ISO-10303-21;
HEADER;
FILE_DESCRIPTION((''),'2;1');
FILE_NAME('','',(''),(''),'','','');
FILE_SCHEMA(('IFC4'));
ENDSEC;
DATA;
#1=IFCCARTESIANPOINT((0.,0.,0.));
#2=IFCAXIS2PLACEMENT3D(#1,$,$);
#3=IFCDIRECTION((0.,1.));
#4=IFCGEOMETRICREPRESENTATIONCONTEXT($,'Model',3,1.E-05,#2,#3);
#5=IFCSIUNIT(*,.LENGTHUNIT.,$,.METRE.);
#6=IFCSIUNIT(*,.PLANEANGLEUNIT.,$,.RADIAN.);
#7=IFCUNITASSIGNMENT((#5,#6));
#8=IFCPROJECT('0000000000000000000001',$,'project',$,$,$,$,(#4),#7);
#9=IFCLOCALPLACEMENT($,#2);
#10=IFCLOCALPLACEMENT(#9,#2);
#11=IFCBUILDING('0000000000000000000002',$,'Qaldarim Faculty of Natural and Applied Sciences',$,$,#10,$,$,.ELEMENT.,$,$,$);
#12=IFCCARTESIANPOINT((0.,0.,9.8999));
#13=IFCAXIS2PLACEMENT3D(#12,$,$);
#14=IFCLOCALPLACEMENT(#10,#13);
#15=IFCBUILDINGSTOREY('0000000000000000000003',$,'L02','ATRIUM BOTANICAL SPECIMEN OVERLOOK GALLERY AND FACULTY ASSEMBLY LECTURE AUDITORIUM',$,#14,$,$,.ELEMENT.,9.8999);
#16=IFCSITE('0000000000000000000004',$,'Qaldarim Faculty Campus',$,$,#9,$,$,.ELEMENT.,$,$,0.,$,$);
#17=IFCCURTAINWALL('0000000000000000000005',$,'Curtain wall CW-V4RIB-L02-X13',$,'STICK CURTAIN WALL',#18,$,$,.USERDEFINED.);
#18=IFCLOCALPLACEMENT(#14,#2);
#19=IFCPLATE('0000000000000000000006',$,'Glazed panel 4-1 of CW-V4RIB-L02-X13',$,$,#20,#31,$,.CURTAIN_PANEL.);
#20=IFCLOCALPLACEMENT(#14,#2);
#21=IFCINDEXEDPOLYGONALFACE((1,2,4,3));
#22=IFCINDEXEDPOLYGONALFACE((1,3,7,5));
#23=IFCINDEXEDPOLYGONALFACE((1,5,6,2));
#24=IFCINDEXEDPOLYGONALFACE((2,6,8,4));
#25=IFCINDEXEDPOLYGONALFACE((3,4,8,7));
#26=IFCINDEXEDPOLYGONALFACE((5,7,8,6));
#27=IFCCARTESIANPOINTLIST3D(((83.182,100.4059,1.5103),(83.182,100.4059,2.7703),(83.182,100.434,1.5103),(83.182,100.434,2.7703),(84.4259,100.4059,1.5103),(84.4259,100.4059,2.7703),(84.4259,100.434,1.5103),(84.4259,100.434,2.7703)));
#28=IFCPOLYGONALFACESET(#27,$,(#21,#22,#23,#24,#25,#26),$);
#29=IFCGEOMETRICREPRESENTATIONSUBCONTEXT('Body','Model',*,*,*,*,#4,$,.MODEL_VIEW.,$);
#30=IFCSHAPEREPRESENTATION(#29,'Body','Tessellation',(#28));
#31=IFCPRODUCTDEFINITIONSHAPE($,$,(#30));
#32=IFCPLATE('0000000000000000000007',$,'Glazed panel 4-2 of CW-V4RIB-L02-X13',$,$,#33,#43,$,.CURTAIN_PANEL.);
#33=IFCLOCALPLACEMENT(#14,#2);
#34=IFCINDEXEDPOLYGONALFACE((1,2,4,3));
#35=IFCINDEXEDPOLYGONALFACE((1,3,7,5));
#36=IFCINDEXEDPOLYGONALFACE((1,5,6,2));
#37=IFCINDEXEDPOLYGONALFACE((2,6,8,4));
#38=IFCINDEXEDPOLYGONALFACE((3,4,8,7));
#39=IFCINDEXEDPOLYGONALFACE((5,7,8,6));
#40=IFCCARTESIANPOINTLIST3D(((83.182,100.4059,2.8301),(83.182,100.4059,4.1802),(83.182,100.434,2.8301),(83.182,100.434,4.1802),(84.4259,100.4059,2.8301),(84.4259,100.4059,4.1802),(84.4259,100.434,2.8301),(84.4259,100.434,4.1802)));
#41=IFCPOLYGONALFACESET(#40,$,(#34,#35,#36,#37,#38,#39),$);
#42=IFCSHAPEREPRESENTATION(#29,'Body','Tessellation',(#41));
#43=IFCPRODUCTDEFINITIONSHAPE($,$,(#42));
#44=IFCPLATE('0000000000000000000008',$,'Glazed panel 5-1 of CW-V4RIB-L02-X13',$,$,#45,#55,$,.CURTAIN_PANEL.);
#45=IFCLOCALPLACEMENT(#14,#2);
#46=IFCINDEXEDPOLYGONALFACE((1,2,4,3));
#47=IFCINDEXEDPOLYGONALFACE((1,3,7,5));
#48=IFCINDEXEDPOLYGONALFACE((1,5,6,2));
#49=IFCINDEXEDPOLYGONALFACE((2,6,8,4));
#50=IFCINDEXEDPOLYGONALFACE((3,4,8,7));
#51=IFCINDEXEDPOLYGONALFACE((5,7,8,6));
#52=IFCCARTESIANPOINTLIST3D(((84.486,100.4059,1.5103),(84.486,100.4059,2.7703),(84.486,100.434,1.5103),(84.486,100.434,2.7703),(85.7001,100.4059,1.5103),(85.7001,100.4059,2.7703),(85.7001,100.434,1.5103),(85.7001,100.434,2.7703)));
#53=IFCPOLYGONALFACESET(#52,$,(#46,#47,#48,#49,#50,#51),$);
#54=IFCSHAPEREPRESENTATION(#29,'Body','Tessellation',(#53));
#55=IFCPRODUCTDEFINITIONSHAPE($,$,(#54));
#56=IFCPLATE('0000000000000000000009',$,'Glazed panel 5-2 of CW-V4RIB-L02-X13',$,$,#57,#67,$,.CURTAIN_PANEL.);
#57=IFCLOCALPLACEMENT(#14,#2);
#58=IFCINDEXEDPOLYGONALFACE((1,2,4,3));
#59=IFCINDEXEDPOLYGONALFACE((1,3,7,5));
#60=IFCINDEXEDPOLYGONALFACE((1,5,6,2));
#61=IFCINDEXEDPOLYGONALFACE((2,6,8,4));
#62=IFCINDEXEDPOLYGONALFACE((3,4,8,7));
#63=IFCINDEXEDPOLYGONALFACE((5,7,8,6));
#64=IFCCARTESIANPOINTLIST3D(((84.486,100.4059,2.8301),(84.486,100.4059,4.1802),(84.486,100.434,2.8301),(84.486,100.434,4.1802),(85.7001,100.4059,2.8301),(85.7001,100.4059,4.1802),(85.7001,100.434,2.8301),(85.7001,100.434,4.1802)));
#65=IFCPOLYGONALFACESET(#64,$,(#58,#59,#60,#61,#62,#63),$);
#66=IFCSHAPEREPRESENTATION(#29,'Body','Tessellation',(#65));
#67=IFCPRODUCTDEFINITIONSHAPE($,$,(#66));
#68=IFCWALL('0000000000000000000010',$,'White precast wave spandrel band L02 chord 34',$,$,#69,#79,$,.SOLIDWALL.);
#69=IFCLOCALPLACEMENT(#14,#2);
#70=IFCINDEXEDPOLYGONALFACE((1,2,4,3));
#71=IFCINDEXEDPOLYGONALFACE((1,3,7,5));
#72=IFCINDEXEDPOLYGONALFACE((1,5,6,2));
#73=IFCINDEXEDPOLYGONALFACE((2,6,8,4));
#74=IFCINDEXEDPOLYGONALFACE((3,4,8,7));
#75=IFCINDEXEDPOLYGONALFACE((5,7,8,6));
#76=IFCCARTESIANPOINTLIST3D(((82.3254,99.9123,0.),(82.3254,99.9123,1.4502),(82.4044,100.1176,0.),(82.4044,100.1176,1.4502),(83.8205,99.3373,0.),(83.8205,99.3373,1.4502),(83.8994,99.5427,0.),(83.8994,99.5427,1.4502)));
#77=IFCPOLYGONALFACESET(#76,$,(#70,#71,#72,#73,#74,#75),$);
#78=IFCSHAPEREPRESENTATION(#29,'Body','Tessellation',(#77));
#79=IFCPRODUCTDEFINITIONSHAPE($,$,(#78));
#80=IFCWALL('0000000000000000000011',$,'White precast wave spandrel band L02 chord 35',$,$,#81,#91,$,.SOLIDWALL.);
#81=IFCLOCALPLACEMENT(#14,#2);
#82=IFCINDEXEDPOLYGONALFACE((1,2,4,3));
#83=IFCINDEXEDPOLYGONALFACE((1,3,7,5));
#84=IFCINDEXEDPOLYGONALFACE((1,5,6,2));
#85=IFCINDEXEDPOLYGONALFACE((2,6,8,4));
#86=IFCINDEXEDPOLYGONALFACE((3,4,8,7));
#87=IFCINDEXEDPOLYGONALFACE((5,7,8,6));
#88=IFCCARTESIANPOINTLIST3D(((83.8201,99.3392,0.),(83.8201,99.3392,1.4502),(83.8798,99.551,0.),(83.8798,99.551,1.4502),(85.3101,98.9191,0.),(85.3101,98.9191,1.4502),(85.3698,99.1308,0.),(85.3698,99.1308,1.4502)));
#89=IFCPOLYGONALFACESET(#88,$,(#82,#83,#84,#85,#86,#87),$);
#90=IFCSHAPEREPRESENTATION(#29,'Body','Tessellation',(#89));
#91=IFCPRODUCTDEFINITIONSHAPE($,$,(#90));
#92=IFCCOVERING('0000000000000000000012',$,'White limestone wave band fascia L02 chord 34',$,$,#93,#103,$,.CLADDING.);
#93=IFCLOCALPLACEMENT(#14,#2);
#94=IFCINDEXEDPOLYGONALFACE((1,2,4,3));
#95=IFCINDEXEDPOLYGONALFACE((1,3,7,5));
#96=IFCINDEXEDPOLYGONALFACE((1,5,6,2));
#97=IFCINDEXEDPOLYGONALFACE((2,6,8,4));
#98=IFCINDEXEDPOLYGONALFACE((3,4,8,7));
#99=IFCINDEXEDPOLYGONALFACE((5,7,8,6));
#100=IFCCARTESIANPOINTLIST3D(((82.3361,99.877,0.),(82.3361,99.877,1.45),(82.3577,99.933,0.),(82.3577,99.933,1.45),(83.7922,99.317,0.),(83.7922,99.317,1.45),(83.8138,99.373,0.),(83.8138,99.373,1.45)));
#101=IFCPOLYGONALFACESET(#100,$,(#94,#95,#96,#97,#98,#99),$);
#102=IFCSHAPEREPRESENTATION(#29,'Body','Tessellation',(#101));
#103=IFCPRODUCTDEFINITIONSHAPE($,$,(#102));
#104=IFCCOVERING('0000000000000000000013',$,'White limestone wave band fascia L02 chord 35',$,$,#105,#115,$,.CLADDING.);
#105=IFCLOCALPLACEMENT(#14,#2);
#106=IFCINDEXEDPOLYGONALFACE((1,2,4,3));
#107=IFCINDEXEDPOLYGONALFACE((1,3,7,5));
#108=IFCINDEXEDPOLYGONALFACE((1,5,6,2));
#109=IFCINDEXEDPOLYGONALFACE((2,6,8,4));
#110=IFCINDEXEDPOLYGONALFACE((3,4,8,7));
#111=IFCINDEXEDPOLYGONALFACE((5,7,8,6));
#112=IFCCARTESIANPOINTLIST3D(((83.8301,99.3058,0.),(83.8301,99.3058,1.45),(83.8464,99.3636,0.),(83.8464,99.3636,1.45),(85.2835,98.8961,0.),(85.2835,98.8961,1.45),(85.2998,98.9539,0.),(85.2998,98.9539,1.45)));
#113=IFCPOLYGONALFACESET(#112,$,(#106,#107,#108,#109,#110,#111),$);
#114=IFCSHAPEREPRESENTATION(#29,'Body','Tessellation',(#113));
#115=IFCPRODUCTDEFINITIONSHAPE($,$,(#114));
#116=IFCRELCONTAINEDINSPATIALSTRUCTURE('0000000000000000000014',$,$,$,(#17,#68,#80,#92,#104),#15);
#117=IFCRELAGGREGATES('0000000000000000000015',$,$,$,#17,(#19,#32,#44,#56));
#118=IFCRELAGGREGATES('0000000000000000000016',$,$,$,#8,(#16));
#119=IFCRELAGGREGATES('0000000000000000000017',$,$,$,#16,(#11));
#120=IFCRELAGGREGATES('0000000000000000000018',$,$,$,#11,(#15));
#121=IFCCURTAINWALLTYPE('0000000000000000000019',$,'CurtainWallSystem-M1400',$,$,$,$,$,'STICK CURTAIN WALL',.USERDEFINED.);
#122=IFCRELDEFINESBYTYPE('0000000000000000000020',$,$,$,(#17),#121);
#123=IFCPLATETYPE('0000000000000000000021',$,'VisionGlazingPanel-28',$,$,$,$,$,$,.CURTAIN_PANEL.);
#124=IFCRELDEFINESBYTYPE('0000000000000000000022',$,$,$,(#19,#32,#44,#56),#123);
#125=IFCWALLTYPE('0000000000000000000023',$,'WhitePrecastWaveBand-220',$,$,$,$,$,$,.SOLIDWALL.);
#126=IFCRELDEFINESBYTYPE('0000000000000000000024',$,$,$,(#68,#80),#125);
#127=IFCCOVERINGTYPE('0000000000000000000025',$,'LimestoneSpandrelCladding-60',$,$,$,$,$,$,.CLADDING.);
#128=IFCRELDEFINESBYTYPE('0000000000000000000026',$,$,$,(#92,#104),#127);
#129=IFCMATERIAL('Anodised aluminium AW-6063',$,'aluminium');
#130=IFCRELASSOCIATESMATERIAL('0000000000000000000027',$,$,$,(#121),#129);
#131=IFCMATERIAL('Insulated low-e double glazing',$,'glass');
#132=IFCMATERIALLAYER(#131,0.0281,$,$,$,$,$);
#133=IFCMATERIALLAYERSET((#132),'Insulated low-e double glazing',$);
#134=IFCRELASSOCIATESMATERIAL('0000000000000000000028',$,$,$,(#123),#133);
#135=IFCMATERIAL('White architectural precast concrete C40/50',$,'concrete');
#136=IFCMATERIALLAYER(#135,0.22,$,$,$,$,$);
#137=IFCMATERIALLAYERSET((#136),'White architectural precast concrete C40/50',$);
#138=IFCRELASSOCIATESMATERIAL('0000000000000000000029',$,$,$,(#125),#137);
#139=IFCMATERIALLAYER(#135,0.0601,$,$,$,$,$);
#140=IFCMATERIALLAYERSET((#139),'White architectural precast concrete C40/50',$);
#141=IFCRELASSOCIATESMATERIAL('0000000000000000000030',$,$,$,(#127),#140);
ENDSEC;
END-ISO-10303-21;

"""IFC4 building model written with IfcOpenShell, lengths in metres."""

from ifc_helpers import new_model, si_unit, direction, frame, frame_2d, origin, origin_2d, place, context, subcontext, project, spatial, rectangle, extrude, material, layer, layer_set, type_object, element, aggregate, save


model = new_model("IFC4")

# Units and contexts
model_context = context("Model", 3, precision=1e-05, world=origin(), true_north=direction((0.0, 1.0)))
body_context = subcontext(model_context, "Body", "Model", "MODEL_VIEW")
ifc_project = project(units=[si_unit("LENGTHUNIT", "METRE"), si_unit("PLANEANGLEUNIT", "RADIAN")], contexts=[model_context])

# Site, building, storey
site_placement = place(None, origin())
site = spatial("IfcSite", under=ifc_project, at=site_placement, Name="Qaldarim Faculty Campus", CompositionType="ELEMENT", RefElevation=0.0)
building_placement = place(site_placement, origin())
building = spatial("IfcBuilding", under=site, at=building_placement, Name="Qaldarim Faculty of Natural and Applied Sciences", CompositionType="ELEMENT")
storey_placement = place(building_placement, frame((0.0, 0.0, 9.8999)))
storey = spatial("IfcBuildingStorey", under=building, at=storey_placement, Name="L02", Description="ATRIUM BOTANICAL SPECIMEN OVERLOOK GALLERY AND FACULTY ASSEMBLY LECTURE AUDITORIUM", CompositionType="ELEMENT", Elevation=9.8999)

# Curtain wall, plates
ifc_material_1 = material(Name="Anodised aluminium AW-6063", Category="aluminium")
curtain_wall_type = type_object("IfcCurtainWallType", Name="CurtainWallSystem-M1400", ElementType="STICK CURTAIN WALL", PredefinedType="USERDEFINED", material=ifc_material_1)
curtain_wall_placement = place(storey_placement, origin())
curtain_wall = element("IfcCurtainWall", 1, at=curtain_wall_placement, inside=storey, type_object=curtain_wall_type, Name="Curtain wall CW-V4RIB-L02-X13", ObjectType="STICK CURTAIN WALL", PredefinedType="USERDEFINED")
ifc_material_2 = material(Name="Insulated low-e double glazing", Category="glass")
ifc_layer_1 = layer(ifc_material_2, 0.0281)
ifc_layer_set_1 = layer_set([ifc_layer_1], Name="Insulated low-e double glazing")
plate_type = type_object("IfcPlateType", Name="VisionGlazingPanel-28", PredefinedType="CURTAIN_PANEL", material=ifc_layer_set_1)
plate_1_placement = place(storey_placement, frame((83.804, 100.4199, 1.5103), z_axis=(0.0, 0.0, 1.0), x_axis=(1.0, 0.0, 0.0)))
plate_1 = element("IfcPlate", 2, at=plate_1_placement, type_object=plate_type, Name="Glazed panel 4-1 of CW-V4RIB-L02-X13", PredefinedType="CURTAIN_PANEL", context=body_context, shape_type="SweptSolid", body=[
    extrude(rectangle(XDim=1.2439, YDim=0.0281, at=origin_2d()), origin(), (0.0, 0.0, 1.0), 1.26),
])
plate_2_placement = place(storey_placement, frame((83.804, 100.4199, 2.8301), z_axis=(0.0, 0.0, 1.0), x_axis=(1.0, 0.0, 0.0)))
plate_2 = element("IfcPlate", 3, at=plate_2_placement, type_object=plate_type, Name="Glazed panel 4-2 of CW-V4RIB-L02-X13", PredefinedType="CURTAIN_PANEL", context=body_context, shape_type="SweptSolid", body=[
    extrude(rectangle(XDim=1.2439, YDim=0.0281, at=origin_2d()), origin(), (0.0, 0.0, 1.0), 1.3501),
])
plate_3_placement = place(storey_placement, frame((85.093, 100.4199, 1.5103), z_axis=(0.0, 0.0, 1.0), x_axis=(1.0, 0.0, 0.0)))
plate_3 = element("IfcPlate", 4, at=plate_3_placement, type_object=plate_type, Name="Glazed panel 5-1 of CW-V4RIB-L02-X13", PredefinedType="CURTAIN_PANEL", context=body_context, shape_type="SweptSolid", body=[
    extrude(rectangle(XDim=1.2141, YDim=0.0281, at=origin_2d()), origin(), (0.0, 0.0, 1.0), 1.26),
])
plate_4_placement = place(storey_placement, frame((85.093, 100.4199, 2.8301), z_axis=(0.0, 0.0, 1.0), x_axis=(1.0, 0.0, 0.0)))
plate_4 = element("IfcPlate", 5, at=plate_4_placement, type_object=plate_type, Name="Glazed panel 5-2 of CW-V4RIB-L02-X13", PredefinedType="CURTAIN_PANEL", context=body_context, shape_type="SweptSolid", body=[
    extrude(rectangle(XDim=1.2141, YDim=0.0281, at=origin_2d()), origin(), (0.0, 0.0, 1.0), 1.3501),
])
aggregate(curtain_wall, [plate_1, plate_2, plate_3, plate_4])

# Walls
ifc_material_3 = material(Name="White architectural precast concrete C40/50", Category="concrete")
ifc_layer_2 = layer(ifc_material_3, 0.22)
ifc_layer_set_2 = layer_set([ifc_layer_2], Name="White architectural precast concrete C40/50")
wall_type = type_object("IfcWallType", Name="WhitePrecastWaveBand-220", PredefinedType="SOLIDWALL", material=ifc_layer_set_2)
wall_1_placement = place(storey_placement, frame((82.365, 100.0149, 0.0), z_axis=(0.0, 0.0, 1.0), x_axis=(0.933365, -0.358928, 0.0)))
element("IfcWall", 6, at=wall_1_placement, inside=storey, type_object=wall_type, Name="White precast wave spandrel band L02 chord 34", PredefinedType="SOLIDWALL", context=body_context, shape_type="SweptSolid", body=[
    extrude(rectangle(XDim=1.6018, YDim=0.22, at=frame_2d((0.8008, 0.0))), origin(), (0.0, 0.0, 1.0), 1.4502),
])
wall_2_placement = place(storey_placement, frame((83.8501, 99.4451, 0.0), z_axis=(0.0, 0.0, 1.0), x_axis=(0.962464, -0.271408, 0.0)))
element("IfcWall", 7, at=wall_2_placement, inside=storey, type_object=wall_type, Name="White precast wave spandrel band L02 chord 35", PredefinedType="SOLIDWALL", context=body_context, shape_type="SweptSolid", body=[
    extrude(rectangle(XDim=1.5481, YDim=0.22, at=frame_2d((0.7739, 0.0))), origin(), (0.0, 0.0, 1.0), 1.4502),
])

# Coverings
ifc_layer_3 = layer(ifc_material_3, 0.0601)
ifc_layer_set_3 = layer_set([ifc_layer_3], Name="White architectural precast concrete C40/50")
covering_type = type_object("IfcCoveringType", Name="LimestoneSpandrelCladding-60", PredefinedType="CLADDING", material=ifc_layer_set_3)
covering_1_placement = place(storey_placement, frame((83.075, 99.625, 0.0), z_axis=(0.0, 0.0, 1.0), x_axis=(0.933343, -0.358987, 0.0)))
element("IfcCovering", 8, at=covering_1_placement, inside=storey, type_object=covering_type, Name="White limestone wave band fascia L02 chord 34", PredefinedType="CLADDING", context=body_context, shape_type="SweptSolid", body=[
    extrude(rectangle(XDim=1.5601, YDim=0.0601, at=origin_2d()), origin(), (0.0, 0.0, 1.0), 1.45),
])
covering_2_placement = place(storey_placement, frame((84.5649, 99.1299, 0.0), z_axis=(0.0, 0.0, 1.0), x_axis=(0.962493, -0.271306, 0.0)))
element("IfcCovering", 9, at=covering_2_placement, inside=storey, type_object=covering_type, Name="White limestone wave band fascia L02 chord 35", PredefinedType="CLADDING", context=body_context, shape_type="SweptSolid", body=[
    extrude(rectangle(XDim=1.51, YDim=0.0601, at=origin_2d()), origin(), (0.0, 0.0, 1.0), 1.45),
])

save(model, "model.ifc")
